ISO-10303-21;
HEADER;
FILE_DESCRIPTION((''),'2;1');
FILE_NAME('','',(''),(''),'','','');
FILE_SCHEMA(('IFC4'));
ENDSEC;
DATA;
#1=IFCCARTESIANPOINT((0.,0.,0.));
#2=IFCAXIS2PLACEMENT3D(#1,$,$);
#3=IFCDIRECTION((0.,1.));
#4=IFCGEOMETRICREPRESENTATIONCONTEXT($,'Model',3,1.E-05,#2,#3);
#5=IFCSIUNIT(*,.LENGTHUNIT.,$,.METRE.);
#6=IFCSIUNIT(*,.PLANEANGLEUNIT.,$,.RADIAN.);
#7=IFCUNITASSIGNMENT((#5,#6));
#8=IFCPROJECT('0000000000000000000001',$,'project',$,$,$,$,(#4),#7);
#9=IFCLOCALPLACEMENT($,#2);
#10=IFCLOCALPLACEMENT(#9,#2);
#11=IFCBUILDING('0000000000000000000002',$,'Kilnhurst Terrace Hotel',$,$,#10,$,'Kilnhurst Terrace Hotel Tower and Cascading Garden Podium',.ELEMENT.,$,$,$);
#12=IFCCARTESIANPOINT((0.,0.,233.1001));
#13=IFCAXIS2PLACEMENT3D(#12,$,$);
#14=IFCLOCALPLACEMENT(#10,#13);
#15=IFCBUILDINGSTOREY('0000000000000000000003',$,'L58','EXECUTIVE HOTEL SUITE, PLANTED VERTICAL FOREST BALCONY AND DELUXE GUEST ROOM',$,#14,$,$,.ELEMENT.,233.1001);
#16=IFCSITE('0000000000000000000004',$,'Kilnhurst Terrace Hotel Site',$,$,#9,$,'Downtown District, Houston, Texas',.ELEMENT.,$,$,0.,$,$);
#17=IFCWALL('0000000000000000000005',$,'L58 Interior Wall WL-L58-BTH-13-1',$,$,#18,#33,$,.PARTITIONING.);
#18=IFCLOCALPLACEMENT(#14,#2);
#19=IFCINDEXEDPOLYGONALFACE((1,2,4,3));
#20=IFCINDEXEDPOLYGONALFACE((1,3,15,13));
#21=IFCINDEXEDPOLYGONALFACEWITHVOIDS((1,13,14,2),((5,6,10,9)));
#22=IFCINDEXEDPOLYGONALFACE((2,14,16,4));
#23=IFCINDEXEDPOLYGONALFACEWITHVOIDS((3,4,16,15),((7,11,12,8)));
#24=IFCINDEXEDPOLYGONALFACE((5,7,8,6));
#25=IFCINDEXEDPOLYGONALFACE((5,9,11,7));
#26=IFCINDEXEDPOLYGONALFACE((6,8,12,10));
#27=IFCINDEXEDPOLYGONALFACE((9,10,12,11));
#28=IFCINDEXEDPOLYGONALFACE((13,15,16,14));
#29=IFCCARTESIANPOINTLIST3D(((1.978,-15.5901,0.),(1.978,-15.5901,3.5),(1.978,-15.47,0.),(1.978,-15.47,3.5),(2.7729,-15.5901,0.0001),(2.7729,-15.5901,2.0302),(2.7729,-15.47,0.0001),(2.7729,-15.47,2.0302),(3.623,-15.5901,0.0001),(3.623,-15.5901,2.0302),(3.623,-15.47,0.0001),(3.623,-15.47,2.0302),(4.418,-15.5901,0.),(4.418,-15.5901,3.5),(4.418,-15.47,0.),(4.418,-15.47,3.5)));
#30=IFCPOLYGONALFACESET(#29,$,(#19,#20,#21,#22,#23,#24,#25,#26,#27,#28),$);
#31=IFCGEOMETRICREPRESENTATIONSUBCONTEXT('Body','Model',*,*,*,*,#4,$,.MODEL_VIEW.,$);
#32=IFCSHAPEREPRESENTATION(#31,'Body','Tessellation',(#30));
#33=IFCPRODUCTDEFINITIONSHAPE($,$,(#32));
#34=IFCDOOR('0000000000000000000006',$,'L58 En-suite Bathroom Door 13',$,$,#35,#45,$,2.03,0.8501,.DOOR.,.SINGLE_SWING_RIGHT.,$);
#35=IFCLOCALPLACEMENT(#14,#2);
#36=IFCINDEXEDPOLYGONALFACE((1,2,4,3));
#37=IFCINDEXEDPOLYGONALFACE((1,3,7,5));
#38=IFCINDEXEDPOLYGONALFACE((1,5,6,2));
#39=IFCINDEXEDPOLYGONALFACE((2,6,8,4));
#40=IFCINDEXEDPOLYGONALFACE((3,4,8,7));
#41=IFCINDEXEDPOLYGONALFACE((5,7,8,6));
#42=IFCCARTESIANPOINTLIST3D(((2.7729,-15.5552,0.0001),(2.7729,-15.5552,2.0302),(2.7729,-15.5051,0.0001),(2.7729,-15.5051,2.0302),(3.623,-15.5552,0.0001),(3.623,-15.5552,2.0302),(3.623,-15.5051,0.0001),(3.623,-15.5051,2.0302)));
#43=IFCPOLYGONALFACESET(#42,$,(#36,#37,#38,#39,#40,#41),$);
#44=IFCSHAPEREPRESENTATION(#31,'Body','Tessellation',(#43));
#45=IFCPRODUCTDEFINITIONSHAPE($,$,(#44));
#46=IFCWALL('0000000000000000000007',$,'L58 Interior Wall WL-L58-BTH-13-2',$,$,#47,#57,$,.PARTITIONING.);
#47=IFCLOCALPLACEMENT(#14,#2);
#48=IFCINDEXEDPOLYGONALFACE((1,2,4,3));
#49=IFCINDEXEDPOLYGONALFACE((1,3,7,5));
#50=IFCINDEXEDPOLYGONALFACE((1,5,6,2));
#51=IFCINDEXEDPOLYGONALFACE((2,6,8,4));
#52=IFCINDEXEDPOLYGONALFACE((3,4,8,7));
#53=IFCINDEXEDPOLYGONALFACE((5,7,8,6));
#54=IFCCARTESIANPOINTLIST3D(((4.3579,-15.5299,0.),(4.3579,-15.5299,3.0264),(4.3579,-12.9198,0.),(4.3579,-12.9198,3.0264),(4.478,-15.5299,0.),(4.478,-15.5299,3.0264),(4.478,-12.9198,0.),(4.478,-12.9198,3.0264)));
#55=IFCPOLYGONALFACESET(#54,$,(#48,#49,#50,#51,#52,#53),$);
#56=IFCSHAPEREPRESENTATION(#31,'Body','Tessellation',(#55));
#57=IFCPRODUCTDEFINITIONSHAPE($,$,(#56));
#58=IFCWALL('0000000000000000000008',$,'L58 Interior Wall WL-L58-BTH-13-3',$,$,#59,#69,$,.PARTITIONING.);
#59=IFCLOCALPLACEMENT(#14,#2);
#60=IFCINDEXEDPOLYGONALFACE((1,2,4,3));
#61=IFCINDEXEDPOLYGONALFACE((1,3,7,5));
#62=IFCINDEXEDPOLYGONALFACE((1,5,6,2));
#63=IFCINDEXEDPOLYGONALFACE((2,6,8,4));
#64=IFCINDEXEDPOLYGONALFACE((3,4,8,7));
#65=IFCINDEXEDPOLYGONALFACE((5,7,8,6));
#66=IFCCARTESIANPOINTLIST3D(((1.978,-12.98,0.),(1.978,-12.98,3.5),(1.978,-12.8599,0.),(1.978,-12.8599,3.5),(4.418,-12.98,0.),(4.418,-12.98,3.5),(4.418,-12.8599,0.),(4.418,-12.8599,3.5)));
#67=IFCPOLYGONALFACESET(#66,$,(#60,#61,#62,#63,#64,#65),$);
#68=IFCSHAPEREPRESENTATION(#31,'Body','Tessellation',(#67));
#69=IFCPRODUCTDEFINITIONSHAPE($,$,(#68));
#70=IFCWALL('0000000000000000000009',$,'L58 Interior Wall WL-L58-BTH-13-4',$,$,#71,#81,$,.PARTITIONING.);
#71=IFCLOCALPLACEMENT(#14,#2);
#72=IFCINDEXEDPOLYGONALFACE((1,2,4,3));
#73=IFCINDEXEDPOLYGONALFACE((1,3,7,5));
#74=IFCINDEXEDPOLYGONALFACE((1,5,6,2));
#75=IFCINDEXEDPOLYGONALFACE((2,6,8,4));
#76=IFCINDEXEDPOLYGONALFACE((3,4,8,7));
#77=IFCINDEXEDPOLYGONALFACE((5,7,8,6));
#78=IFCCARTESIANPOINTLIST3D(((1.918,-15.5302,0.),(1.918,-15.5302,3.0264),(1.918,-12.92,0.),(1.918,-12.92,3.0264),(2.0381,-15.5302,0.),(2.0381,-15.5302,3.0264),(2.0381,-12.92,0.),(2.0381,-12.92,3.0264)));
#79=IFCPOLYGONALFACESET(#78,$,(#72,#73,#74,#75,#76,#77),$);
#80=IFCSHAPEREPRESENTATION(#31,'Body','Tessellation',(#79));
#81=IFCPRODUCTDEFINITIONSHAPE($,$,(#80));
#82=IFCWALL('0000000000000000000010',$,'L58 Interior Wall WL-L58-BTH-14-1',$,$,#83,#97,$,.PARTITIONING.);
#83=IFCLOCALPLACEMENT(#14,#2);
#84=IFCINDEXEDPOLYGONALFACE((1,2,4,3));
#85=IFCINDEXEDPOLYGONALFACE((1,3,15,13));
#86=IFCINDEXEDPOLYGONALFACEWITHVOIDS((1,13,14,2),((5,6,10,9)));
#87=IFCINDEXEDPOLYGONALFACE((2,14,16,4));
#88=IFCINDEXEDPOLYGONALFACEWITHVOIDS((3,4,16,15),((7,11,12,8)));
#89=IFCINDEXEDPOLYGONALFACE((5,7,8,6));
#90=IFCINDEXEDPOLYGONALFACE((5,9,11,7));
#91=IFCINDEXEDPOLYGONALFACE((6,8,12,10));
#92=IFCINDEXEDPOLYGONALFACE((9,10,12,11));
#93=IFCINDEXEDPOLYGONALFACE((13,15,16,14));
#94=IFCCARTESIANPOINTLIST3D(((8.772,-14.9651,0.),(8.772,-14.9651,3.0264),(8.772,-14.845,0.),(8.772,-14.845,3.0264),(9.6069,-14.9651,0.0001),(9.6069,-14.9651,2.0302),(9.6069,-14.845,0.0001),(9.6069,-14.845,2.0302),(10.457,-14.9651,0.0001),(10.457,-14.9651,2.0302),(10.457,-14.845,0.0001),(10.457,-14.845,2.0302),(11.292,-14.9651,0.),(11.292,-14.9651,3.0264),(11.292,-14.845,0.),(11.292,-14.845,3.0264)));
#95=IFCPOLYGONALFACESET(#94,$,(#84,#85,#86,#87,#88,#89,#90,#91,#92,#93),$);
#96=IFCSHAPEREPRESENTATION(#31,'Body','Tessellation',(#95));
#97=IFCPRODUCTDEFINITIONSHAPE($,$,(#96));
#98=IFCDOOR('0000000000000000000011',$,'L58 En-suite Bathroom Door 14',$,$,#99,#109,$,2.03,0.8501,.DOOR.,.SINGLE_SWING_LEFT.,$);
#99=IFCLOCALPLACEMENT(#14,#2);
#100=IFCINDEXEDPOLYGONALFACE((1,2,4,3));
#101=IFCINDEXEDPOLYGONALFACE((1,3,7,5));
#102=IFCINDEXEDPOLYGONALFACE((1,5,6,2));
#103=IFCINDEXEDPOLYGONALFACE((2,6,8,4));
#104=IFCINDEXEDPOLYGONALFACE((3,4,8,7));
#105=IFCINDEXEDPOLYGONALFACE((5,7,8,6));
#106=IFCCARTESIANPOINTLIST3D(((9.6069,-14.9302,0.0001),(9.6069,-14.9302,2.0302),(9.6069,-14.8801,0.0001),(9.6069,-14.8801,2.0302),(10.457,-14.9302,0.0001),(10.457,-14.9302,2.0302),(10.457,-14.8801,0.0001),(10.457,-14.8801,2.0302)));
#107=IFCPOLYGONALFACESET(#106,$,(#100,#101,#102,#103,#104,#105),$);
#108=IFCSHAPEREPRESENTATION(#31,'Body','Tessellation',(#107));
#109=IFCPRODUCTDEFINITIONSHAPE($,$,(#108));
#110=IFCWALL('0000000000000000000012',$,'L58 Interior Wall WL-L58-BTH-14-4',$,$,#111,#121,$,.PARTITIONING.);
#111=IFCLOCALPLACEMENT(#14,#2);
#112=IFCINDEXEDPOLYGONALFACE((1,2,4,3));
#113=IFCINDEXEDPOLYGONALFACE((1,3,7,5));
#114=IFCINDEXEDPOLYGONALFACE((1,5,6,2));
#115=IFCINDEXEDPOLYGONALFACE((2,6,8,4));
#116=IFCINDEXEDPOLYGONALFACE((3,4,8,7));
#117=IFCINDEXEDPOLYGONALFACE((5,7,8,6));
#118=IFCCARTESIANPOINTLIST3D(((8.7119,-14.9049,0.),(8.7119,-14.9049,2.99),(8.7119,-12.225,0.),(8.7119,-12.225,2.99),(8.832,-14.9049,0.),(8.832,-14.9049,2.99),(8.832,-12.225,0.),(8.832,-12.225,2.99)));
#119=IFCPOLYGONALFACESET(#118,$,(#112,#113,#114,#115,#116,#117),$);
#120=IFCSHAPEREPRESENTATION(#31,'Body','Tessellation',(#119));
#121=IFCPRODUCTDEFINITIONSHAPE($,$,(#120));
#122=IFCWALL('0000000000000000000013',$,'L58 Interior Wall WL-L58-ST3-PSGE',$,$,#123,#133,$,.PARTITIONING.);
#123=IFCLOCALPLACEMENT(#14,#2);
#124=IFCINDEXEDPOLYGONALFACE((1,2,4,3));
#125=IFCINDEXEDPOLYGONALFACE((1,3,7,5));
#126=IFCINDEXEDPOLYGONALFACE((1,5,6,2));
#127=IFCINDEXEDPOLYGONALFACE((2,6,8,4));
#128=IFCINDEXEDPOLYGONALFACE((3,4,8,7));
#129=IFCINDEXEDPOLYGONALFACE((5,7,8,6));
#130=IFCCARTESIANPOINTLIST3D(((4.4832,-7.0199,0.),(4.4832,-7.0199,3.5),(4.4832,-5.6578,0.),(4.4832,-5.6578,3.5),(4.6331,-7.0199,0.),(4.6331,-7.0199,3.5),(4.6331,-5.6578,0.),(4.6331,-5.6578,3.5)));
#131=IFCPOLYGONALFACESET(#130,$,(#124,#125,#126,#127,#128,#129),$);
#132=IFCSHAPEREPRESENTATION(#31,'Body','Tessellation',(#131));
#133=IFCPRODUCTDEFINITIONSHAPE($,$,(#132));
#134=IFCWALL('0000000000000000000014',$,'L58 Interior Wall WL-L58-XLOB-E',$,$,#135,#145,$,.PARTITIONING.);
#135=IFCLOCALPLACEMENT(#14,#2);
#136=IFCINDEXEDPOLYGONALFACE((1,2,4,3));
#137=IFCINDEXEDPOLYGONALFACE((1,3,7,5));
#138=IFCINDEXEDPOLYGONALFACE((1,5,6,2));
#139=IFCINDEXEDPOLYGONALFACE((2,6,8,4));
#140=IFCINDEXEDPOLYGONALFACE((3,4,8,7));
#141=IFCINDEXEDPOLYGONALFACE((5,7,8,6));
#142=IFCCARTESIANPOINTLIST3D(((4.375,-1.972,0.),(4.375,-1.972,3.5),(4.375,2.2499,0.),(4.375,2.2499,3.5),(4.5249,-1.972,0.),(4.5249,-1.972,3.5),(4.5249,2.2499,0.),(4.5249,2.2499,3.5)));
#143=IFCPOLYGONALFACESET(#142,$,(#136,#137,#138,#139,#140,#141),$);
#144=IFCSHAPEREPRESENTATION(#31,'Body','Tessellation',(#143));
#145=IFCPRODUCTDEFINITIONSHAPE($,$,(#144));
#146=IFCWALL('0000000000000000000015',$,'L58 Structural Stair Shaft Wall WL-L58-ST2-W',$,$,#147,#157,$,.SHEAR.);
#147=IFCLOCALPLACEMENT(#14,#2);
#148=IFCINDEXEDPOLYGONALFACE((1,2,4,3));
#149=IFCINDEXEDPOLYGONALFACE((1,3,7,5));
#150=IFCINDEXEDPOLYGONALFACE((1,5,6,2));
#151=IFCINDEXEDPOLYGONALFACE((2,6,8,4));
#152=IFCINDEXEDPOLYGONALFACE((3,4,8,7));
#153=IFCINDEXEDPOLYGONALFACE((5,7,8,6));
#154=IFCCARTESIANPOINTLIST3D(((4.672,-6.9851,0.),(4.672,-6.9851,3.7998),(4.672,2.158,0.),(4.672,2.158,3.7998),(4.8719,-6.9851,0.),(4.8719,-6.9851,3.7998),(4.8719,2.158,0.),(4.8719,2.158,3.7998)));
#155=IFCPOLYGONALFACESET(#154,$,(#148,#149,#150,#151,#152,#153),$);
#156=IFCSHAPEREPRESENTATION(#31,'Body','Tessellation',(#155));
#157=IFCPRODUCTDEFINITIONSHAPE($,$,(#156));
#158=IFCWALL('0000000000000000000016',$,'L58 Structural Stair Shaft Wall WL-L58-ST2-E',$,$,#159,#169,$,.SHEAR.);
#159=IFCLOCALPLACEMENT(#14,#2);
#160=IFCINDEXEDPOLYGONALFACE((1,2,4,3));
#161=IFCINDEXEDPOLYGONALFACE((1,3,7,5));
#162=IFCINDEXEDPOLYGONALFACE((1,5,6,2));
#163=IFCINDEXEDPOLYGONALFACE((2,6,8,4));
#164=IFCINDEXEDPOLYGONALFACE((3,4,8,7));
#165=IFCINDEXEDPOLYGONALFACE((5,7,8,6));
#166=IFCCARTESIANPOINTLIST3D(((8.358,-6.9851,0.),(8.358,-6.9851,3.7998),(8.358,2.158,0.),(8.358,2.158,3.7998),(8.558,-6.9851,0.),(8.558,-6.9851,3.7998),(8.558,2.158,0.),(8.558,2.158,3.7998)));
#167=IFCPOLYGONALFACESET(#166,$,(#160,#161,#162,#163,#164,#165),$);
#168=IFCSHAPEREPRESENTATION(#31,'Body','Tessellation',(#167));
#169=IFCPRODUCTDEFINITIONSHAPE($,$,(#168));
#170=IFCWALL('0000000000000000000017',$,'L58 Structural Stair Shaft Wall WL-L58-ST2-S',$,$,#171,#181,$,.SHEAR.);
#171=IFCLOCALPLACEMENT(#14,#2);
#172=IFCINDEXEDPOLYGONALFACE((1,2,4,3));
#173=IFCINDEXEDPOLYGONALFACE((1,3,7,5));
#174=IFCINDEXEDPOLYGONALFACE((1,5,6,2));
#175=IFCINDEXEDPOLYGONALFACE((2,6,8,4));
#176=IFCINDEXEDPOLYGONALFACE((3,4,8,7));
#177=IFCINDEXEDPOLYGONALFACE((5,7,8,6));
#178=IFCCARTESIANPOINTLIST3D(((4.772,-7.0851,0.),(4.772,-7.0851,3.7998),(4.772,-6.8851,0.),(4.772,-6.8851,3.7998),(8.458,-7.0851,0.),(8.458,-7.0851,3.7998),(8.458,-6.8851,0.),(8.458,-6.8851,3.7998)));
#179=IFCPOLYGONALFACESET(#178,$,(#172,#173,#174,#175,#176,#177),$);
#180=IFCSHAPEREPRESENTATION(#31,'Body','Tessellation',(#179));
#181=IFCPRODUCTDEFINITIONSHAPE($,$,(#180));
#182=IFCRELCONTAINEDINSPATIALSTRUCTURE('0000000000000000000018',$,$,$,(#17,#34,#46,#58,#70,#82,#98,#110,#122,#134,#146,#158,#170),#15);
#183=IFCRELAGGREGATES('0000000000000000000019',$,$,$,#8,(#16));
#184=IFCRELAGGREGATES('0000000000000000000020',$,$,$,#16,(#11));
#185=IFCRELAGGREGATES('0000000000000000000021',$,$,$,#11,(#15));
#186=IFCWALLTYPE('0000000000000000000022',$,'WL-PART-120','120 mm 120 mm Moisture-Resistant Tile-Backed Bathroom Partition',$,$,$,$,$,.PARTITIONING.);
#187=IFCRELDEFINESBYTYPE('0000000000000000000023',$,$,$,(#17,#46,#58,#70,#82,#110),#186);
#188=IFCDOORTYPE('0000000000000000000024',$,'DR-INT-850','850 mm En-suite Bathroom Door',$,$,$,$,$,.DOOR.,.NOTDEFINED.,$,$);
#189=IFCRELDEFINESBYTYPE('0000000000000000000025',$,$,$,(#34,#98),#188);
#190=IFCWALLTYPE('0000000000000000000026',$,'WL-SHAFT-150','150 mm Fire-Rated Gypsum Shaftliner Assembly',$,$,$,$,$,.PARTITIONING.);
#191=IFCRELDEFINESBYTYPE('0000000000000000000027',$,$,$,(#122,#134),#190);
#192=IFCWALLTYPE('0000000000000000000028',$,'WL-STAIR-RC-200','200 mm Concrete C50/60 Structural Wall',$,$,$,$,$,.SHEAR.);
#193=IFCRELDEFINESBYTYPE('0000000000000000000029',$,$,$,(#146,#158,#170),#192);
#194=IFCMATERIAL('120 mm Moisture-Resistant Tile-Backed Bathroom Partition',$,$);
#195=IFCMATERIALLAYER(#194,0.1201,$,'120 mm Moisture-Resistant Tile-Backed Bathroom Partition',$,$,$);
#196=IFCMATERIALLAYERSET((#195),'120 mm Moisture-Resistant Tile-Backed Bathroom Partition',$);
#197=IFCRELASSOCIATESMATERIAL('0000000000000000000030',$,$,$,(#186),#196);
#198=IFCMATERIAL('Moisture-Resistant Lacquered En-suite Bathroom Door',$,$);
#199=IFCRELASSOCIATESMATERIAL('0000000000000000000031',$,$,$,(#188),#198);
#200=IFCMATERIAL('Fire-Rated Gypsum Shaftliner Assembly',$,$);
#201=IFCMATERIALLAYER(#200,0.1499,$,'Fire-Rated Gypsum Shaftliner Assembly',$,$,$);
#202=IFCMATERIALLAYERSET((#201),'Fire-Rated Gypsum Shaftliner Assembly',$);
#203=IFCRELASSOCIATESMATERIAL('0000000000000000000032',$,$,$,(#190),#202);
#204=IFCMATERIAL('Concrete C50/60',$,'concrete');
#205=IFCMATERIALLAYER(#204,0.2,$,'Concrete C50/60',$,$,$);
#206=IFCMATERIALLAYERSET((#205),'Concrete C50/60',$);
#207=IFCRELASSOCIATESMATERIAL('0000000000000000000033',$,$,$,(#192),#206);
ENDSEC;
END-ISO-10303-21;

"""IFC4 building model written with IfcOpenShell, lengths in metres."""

from ifc_helpers import new_model, si_unit, direction, frame, frame_2d, origin, place, context, subcontext, project, spatial, rectangle, extrude, material, layer, layer_set, type_object, element, fill, save


model = new_model("IFC4")

# Units and contexts
model_context = context("Model", 3, precision=1e-05, world=origin(), true_north=direction((0.0, 1.0)))
body_context = subcontext(model_context, "Body", "Model", "MODEL_VIEW")
ifc_project = project(units=[si_unit("LENGTHUNIT", "METRE"), si_unit("PLANEANGLEUNIT", "RADIAN")], contexts=[model_context])

# Site, building, storey
site_placement = place(None, origin())
site = spatial("IfcSite", under=ifc_project, at=site_placement, Name="Kilnhurst Terrace Hotel Site", LongName="Downtown District, Houston, Texas", CompositionType="ELEMENT", RefElevation=0.0)
building_placement = place(site_placement, origin())
building = spatial("IfcBuilding", under=site, at=building_placement, Name="Kilnhurst Terrace Hotel", LongName="Kilnhurst Terrace Hotel Tower and Cascading Garden Podium", CompositionType="ELEMENT")
storey_placement = place(building_placement, frame((0.0, 0.0, 233.1001)))
storey = spatial("IfcBuildingStorey", under=building, at=storey_placement, Name="L58", Description="EXECUTIVE HOTEL SUITE, PLANTED VERTICAL FOREST BALCONY AND DELUXE GUEST ROOM", CompositionType="ELEMENT", Elevation=233.1001)

# Shared definitions
ifc_material_1 = material(Name="Concrete C50/60", Category="concrete")

# Wall, opening, door
ifc_material_2 = material(Name="120 mm Moisture-Resistant Tile-Backed Bathroom Partition")
ifc_layer_1 = layer(ifc_material_2, 0.1201, Name="120 mm Moisture-Resistant Tile-Backed Bathroom Partition")
ifc_layer_set_1 = layer_set([ifc_layer_1], Name="120 mm Moisture-Resistant Tile-Backed Bathroom Partition")
wall_type_1 = type_object("IfcWallType", Name="WL-PART-120", Description="120 mm 120 mm Moisture-Resistant Tile-Backed Bathroom Partition", PredefinedType="PARTITIONING", material=ifc_layer_set_1)
wall_1_placement = place(storey_placement, frame((1.978, -15.53, 0.0), z_axis=(0.0, 0.0, 1.0), x_axis=(1.0, 0.0, 0.0)))
wall_1 = element("IfcWall", 1, at=wall_1_placement, inside=storey, type_object=wall_type_1, Name="L58 Interior Wall WL-L58-BTH-13-1", PredefinedType="PARTITIONING", context=body_context, shape_type="SweptSolid", body=[
    extrude(rectangle(XDim=2.4399, YDim=0.1201, at=frame_2d((1.22, 0.0))), origin(), (0.0, 0.0, 1.0), 3.5),
])
opening_1_placement = place(wall_1_placement, frame((0.7949, 0.0, 0.0)))
opening_1 = element("IfcOpeningElement", 2, at=opening_1_placement, cuts=wall_1, PredefinedType="OPENING", context=body_context, shape_type="SweptSolid", body=[
    extrude(rectangle(XDim=0.8501, YDim=2.03, at=frame_2d((0.425, 1.0151))), frame((0.0, 0.0701, 0.0), z_axis=(0.0, -1.0, 0.0), x_axis=(1.0, 0.0, 0.0)), (0.0, 0.0, 1.0), 0.1401),
])
ifc_material_3 = material(Name="Moisture-Resistant Lacquered En-suite Bathroom Door")
door_type = type_object("IfcDoorType", Name="DR-INT-850", Description="850 mm En-suite Bathroom Door", OperationType="NOTDEFINED", PredefinedType="DOOR", material=ifc_material_3)
door_1_placement = place(opening_1_placement, origin())
door_1 = element("IfcDoor", 3, at=door_1_placement, inside=storey, type_object=door_type, Name="L58 En-suite Bathroom Door 13", OperationType="SINGLE_SWING_RIGHT", OverallHeight=2.03, OverallWidth=0.8501, PredefinedType="DOOR", context=body_context, shape_type="SweptSolid", body=[
    extrude(rectangle(XDim=0.8501, YDim=2.03, at=frame_2d((0.425, 1.0151))), frame((0.0, 0.0249, 0.0), z_axis=(0.0, -1.0, 0.0), x_axis=(1.0, 0.0, 0.0)), (0.0, 0.0, 1.0), 0.05),
])
fill(opening_1, door_1)

# Walls
wall_2_placement = place(storey_placement, frame((4.418, -15.53, 0.0), z_axis=(0.0, 0.0, 1.0), x_axis=(0.0, 1.0, 0.0)))
element("IfcWall", 4, at=wall_2_placement, inside=storey, type_object=wall_type_1, Name="L58 Interior Wall WL-L58-BTH-13-2", PredefinedType="PARTITIONING", context=body_context, shape_type="SweptSolid", body=[
    extrude(rectangle(XDim=2.6101, YDim=0.1201, at=frame_2d((1.3052, 0.0))), origin(), (0.0, 0.0, 1.0), 3.0264),
])
wall_3_placement = place(storey_placement, frame((4.418, -12.9199, 0.0), z_axis=(0.0, 0.0, 1.0), x_axis=(-1.0, 0.0, 0.0)))
element("IfcWall", 5, at=wall_3_placement, inside=storey, type_object=wall_type_1, Name="L58 Interior Wall WL-L58-BTH-13-3", PredefinedType="PARTITIONING", context=body_context, shape_type="SweptSolid", body=[
    extrude(rectangle(XDim=2.4399, YDim=0.1201, at=frame_2d((1.22, 0.0))), origin(), (0.0, 0.0, 1.0), 3.5),
])
wall_4_placement = place(storey_placement, frame((1.978, -12.9199, 0.0), z_axis=(0.0, 0.0, 1.0), x_axis=(0.0, -1.0, 0.0)))
element("IfcWall", 6, at=wall_4_placement, inside=storey, type_object=wall_type_1, Name="L58 Interior Wall WL-L58-BTH-13-4", PredefinedType="PARTITIONING", context=body_context, shape_type="SweptSolid", body=[
    extrude(rectangle(XDim=2.6101, YDim=0.1201, at=frame_2d((1.3052, 0.0))), origin(), (0.0, 0.0, 1.0), 3.0264),
])

# Wall, opening, door
wall_5_placement = place(storey_placement, frame((8.772, -14.905, 0.0), z_axis=(0.0, 0.0, 1.0), x_axis=(1.0, 0.0, 0.0)))
wall_5 = element("IfcWall", 7, at=wall_5_placement, inside=storey, type_object=wall_type_1, Name="L58 Interior Wall WL-L58-BTH-14-1", PredefinedType="PARTITIONING", context=body_context, shape_type="SweptSolid", body=[
    extrude(rectangle(XDim=2.52, YDim=0.1201, at=frame_2d((1.26, 0.0))), origin(), (0.0, 0.0, 1.0), 3.0264),
])
opening_2_placement = place(wall_5_placement, frame((0.835, 0.0, 0.0)))
opening_2 = element("IfcOpeningElement", 8, at=opening_2_placement, cuts=wall_5, PredefinedType="OPENING", context=body_context, shape_type="SweptSolid", body=[
    extrude(rectangle(XDim=0.8501, YDim=2.03, at=frame_2d((0.425, 1.0151))), frame((0.0, 0.0701, 0.0), z_axis=(0.0, -1.0, 0.0), x_axis=(1.0, 0.0, 0.0)), (0.0, 0.0, 1.0), 0.1401),
])
door_2_placement = place(opening_2_placement, origin())
door_2 = element("IfcDoor", 9, at=door_2_placement, inside=storey, type_object=door_type, Name="L58 En-suite Bathroom Door 14", OperationType="SINGLE_SWING_LEFT", OverallHeight=2.03, OverallWidth=0.8501, PredefinedType="DOOR", context=body_context, shape_type="SweptSolid", body=[
    extrude(rectangle(XDim=0.8501, YDim=2.03, at=frame_2d((0.425, 1.0151))), frame((0.0, 0.0249, 0.0), z_axis=(0.0, -1.0, 0.0), x_axis=(1.0, 0.0, 0.0)), (0.0, 0.0, 1.0), 0.05),
])
fill(opening_2, door_2)

# Walls
wall_6_placement = place(storey_placement, frame((8.772, -12.2251, 0.0), z_axis=(0.0, 0.0, 1.0), x_axis=(0.0, -1.0, 0.0)))
element("IfcWall", 10, at=wall_6_placement, inside=storey, type_object=wall_type_1, Name="L58 Interior Wall WL-L58-BTH-14-4", PredefinedType="PARTITIONING", context=body_context, shape_type="SweptSolid", body=[
    extrude(rectangle(XDim=2.6799, YDim=0.1201, at=frame_2d((1.3398, 0.0))), origin(), (0.0, 0.0, 1.0), 2.99),
])
ifc_material_4 = material(Name="Fire-Rated Gypsum Shaftliner Assembly")
ifc_layer_2 = layer(ifc_material_4, 0.1499, Name="Fire-Rated Gypsum Shaftliner Assembly")
ifc_layer_set_2 = layer_set([ifc_layer_2], Name="Fire-Rated Gypsum Shaftliner Assembly")
wall_type_2 = type_object("IfcWallType", Name="WL-SHAFT-150", Description="150 mm Fire-Rated Gypsum Shaftliner Assembly", PredefinedType="PARTITIONING", material=ifc_layer_set_2)
wall_7_placement = place(storey_placement, frame((4.5581, -7.02, 0.0), z_axis=(0.0, 0.0, 1.0), x_axis=(0.0, 1.0, 0.0)))
element("IfcWall", 11, at=wall_7_placement, inside=storey, type_object=wall_type_2, Name="L58 Interior Wall WL-L58-ST3-PSGE", PredefinedType="PARTITIONING", context=body_context, shape_type="SweptSolid", body=[
    extrude(rectangle(XDim=1.3621, YDim=0.1499, at=frame_2d((0.6812, 0.0))), origin(), (0.0, 0.0, 1.0), 3.5),
])
wall_8_placement = place(storey_placement, frame((4.45, -1.9719, 0.0), z_axis=(0.0, 0.0, 1.0), x_axis=(0.0, 1.0, 0.0)))
element("IfcWall", 12, at=wall_8_placement, inside=storey, type_object=wall_type_2, Name="L58 Interior Wall WL-L58-XLOB-E", PredefinedType="PARTITIONING", context=body_context, shape_type="SweptSolid", body=[
    extrude(rectangle(XDim=4.2219, YDim=0.1499, at=frame_2d((2.1108, 0.0))), origin(), (0.0, 0.0, 1.0), 3.5),
])
ifc_layer_3 = layer(ifc_material_1, 0.2, Name="Concrete C50/60")
ifc_layer_set_3 = layer_set([ifc_layer_3], Name="Concrete C50/60")
wall_type_3 = type_object("IfcWallType", Name="WL-STAIR-RC-200", Description="200 mm Concrete C50/60 Structural Wall", PredefinedType="SHEAR", material=ifc_layer_set_3)
for number, where, z_axis, x_axis, name in (
    (13, (4.772, -6.9851, 0.0), (0.0, 0.0, 1.0), (0.0, 1.0, 0.0), "L58 Structural Stair Shaft Wall WL-L58-ST2-W"),
    (14, (8.458, -6.9851, 0.0), (0.0, 0.0, 1.0), (0.0, 1.0, 0.0), "L58 Structural Stair Shaft Wall WL-L58-ST2-E"),
):
    element("IfcWall", number, at=place(storey_placement, frame(where, z_axis=z_axis, x_axis=x_axis)), inside=storey, type_object=wall_type_3, Name=name, PredefinedType="SHEAR", context=body_context, shape_type="SweptSolid", body=[
        extrude(rectangle(XDim=9.1431, YDim=0.2, at=frame_2d((4.5715, 0.0))), origin(), (0.0, 0.0, 1.0), 3.7998),
    ])
for number, where, z_axis, x_axis, name in (
    (15, (4.772, -6.9851, 0.0), (0.0, 0.0, 1.0), (1.0, 0.0, 0.0), "L58 Structural Stair Shaft Wall WL-L58-ST2-S"),
):
    element("IfcWall", number, at=place(storey_placement, frame(where, z_axis=z_axis, x_axis=x_axis)), inside=storey, type_object=wall_type_3, Name=name, PredefinedType="SHEAR", context=body_context, shape_type="SweptSolid", body=[
        extrude(rectangle(XDim=3.686, YDim=0.2, at=frame_2d((1.843, 0.0))), origin(), (0.0, 0.0, 1.0), 3.7998),
    ])

save(model, "model.ifc")
